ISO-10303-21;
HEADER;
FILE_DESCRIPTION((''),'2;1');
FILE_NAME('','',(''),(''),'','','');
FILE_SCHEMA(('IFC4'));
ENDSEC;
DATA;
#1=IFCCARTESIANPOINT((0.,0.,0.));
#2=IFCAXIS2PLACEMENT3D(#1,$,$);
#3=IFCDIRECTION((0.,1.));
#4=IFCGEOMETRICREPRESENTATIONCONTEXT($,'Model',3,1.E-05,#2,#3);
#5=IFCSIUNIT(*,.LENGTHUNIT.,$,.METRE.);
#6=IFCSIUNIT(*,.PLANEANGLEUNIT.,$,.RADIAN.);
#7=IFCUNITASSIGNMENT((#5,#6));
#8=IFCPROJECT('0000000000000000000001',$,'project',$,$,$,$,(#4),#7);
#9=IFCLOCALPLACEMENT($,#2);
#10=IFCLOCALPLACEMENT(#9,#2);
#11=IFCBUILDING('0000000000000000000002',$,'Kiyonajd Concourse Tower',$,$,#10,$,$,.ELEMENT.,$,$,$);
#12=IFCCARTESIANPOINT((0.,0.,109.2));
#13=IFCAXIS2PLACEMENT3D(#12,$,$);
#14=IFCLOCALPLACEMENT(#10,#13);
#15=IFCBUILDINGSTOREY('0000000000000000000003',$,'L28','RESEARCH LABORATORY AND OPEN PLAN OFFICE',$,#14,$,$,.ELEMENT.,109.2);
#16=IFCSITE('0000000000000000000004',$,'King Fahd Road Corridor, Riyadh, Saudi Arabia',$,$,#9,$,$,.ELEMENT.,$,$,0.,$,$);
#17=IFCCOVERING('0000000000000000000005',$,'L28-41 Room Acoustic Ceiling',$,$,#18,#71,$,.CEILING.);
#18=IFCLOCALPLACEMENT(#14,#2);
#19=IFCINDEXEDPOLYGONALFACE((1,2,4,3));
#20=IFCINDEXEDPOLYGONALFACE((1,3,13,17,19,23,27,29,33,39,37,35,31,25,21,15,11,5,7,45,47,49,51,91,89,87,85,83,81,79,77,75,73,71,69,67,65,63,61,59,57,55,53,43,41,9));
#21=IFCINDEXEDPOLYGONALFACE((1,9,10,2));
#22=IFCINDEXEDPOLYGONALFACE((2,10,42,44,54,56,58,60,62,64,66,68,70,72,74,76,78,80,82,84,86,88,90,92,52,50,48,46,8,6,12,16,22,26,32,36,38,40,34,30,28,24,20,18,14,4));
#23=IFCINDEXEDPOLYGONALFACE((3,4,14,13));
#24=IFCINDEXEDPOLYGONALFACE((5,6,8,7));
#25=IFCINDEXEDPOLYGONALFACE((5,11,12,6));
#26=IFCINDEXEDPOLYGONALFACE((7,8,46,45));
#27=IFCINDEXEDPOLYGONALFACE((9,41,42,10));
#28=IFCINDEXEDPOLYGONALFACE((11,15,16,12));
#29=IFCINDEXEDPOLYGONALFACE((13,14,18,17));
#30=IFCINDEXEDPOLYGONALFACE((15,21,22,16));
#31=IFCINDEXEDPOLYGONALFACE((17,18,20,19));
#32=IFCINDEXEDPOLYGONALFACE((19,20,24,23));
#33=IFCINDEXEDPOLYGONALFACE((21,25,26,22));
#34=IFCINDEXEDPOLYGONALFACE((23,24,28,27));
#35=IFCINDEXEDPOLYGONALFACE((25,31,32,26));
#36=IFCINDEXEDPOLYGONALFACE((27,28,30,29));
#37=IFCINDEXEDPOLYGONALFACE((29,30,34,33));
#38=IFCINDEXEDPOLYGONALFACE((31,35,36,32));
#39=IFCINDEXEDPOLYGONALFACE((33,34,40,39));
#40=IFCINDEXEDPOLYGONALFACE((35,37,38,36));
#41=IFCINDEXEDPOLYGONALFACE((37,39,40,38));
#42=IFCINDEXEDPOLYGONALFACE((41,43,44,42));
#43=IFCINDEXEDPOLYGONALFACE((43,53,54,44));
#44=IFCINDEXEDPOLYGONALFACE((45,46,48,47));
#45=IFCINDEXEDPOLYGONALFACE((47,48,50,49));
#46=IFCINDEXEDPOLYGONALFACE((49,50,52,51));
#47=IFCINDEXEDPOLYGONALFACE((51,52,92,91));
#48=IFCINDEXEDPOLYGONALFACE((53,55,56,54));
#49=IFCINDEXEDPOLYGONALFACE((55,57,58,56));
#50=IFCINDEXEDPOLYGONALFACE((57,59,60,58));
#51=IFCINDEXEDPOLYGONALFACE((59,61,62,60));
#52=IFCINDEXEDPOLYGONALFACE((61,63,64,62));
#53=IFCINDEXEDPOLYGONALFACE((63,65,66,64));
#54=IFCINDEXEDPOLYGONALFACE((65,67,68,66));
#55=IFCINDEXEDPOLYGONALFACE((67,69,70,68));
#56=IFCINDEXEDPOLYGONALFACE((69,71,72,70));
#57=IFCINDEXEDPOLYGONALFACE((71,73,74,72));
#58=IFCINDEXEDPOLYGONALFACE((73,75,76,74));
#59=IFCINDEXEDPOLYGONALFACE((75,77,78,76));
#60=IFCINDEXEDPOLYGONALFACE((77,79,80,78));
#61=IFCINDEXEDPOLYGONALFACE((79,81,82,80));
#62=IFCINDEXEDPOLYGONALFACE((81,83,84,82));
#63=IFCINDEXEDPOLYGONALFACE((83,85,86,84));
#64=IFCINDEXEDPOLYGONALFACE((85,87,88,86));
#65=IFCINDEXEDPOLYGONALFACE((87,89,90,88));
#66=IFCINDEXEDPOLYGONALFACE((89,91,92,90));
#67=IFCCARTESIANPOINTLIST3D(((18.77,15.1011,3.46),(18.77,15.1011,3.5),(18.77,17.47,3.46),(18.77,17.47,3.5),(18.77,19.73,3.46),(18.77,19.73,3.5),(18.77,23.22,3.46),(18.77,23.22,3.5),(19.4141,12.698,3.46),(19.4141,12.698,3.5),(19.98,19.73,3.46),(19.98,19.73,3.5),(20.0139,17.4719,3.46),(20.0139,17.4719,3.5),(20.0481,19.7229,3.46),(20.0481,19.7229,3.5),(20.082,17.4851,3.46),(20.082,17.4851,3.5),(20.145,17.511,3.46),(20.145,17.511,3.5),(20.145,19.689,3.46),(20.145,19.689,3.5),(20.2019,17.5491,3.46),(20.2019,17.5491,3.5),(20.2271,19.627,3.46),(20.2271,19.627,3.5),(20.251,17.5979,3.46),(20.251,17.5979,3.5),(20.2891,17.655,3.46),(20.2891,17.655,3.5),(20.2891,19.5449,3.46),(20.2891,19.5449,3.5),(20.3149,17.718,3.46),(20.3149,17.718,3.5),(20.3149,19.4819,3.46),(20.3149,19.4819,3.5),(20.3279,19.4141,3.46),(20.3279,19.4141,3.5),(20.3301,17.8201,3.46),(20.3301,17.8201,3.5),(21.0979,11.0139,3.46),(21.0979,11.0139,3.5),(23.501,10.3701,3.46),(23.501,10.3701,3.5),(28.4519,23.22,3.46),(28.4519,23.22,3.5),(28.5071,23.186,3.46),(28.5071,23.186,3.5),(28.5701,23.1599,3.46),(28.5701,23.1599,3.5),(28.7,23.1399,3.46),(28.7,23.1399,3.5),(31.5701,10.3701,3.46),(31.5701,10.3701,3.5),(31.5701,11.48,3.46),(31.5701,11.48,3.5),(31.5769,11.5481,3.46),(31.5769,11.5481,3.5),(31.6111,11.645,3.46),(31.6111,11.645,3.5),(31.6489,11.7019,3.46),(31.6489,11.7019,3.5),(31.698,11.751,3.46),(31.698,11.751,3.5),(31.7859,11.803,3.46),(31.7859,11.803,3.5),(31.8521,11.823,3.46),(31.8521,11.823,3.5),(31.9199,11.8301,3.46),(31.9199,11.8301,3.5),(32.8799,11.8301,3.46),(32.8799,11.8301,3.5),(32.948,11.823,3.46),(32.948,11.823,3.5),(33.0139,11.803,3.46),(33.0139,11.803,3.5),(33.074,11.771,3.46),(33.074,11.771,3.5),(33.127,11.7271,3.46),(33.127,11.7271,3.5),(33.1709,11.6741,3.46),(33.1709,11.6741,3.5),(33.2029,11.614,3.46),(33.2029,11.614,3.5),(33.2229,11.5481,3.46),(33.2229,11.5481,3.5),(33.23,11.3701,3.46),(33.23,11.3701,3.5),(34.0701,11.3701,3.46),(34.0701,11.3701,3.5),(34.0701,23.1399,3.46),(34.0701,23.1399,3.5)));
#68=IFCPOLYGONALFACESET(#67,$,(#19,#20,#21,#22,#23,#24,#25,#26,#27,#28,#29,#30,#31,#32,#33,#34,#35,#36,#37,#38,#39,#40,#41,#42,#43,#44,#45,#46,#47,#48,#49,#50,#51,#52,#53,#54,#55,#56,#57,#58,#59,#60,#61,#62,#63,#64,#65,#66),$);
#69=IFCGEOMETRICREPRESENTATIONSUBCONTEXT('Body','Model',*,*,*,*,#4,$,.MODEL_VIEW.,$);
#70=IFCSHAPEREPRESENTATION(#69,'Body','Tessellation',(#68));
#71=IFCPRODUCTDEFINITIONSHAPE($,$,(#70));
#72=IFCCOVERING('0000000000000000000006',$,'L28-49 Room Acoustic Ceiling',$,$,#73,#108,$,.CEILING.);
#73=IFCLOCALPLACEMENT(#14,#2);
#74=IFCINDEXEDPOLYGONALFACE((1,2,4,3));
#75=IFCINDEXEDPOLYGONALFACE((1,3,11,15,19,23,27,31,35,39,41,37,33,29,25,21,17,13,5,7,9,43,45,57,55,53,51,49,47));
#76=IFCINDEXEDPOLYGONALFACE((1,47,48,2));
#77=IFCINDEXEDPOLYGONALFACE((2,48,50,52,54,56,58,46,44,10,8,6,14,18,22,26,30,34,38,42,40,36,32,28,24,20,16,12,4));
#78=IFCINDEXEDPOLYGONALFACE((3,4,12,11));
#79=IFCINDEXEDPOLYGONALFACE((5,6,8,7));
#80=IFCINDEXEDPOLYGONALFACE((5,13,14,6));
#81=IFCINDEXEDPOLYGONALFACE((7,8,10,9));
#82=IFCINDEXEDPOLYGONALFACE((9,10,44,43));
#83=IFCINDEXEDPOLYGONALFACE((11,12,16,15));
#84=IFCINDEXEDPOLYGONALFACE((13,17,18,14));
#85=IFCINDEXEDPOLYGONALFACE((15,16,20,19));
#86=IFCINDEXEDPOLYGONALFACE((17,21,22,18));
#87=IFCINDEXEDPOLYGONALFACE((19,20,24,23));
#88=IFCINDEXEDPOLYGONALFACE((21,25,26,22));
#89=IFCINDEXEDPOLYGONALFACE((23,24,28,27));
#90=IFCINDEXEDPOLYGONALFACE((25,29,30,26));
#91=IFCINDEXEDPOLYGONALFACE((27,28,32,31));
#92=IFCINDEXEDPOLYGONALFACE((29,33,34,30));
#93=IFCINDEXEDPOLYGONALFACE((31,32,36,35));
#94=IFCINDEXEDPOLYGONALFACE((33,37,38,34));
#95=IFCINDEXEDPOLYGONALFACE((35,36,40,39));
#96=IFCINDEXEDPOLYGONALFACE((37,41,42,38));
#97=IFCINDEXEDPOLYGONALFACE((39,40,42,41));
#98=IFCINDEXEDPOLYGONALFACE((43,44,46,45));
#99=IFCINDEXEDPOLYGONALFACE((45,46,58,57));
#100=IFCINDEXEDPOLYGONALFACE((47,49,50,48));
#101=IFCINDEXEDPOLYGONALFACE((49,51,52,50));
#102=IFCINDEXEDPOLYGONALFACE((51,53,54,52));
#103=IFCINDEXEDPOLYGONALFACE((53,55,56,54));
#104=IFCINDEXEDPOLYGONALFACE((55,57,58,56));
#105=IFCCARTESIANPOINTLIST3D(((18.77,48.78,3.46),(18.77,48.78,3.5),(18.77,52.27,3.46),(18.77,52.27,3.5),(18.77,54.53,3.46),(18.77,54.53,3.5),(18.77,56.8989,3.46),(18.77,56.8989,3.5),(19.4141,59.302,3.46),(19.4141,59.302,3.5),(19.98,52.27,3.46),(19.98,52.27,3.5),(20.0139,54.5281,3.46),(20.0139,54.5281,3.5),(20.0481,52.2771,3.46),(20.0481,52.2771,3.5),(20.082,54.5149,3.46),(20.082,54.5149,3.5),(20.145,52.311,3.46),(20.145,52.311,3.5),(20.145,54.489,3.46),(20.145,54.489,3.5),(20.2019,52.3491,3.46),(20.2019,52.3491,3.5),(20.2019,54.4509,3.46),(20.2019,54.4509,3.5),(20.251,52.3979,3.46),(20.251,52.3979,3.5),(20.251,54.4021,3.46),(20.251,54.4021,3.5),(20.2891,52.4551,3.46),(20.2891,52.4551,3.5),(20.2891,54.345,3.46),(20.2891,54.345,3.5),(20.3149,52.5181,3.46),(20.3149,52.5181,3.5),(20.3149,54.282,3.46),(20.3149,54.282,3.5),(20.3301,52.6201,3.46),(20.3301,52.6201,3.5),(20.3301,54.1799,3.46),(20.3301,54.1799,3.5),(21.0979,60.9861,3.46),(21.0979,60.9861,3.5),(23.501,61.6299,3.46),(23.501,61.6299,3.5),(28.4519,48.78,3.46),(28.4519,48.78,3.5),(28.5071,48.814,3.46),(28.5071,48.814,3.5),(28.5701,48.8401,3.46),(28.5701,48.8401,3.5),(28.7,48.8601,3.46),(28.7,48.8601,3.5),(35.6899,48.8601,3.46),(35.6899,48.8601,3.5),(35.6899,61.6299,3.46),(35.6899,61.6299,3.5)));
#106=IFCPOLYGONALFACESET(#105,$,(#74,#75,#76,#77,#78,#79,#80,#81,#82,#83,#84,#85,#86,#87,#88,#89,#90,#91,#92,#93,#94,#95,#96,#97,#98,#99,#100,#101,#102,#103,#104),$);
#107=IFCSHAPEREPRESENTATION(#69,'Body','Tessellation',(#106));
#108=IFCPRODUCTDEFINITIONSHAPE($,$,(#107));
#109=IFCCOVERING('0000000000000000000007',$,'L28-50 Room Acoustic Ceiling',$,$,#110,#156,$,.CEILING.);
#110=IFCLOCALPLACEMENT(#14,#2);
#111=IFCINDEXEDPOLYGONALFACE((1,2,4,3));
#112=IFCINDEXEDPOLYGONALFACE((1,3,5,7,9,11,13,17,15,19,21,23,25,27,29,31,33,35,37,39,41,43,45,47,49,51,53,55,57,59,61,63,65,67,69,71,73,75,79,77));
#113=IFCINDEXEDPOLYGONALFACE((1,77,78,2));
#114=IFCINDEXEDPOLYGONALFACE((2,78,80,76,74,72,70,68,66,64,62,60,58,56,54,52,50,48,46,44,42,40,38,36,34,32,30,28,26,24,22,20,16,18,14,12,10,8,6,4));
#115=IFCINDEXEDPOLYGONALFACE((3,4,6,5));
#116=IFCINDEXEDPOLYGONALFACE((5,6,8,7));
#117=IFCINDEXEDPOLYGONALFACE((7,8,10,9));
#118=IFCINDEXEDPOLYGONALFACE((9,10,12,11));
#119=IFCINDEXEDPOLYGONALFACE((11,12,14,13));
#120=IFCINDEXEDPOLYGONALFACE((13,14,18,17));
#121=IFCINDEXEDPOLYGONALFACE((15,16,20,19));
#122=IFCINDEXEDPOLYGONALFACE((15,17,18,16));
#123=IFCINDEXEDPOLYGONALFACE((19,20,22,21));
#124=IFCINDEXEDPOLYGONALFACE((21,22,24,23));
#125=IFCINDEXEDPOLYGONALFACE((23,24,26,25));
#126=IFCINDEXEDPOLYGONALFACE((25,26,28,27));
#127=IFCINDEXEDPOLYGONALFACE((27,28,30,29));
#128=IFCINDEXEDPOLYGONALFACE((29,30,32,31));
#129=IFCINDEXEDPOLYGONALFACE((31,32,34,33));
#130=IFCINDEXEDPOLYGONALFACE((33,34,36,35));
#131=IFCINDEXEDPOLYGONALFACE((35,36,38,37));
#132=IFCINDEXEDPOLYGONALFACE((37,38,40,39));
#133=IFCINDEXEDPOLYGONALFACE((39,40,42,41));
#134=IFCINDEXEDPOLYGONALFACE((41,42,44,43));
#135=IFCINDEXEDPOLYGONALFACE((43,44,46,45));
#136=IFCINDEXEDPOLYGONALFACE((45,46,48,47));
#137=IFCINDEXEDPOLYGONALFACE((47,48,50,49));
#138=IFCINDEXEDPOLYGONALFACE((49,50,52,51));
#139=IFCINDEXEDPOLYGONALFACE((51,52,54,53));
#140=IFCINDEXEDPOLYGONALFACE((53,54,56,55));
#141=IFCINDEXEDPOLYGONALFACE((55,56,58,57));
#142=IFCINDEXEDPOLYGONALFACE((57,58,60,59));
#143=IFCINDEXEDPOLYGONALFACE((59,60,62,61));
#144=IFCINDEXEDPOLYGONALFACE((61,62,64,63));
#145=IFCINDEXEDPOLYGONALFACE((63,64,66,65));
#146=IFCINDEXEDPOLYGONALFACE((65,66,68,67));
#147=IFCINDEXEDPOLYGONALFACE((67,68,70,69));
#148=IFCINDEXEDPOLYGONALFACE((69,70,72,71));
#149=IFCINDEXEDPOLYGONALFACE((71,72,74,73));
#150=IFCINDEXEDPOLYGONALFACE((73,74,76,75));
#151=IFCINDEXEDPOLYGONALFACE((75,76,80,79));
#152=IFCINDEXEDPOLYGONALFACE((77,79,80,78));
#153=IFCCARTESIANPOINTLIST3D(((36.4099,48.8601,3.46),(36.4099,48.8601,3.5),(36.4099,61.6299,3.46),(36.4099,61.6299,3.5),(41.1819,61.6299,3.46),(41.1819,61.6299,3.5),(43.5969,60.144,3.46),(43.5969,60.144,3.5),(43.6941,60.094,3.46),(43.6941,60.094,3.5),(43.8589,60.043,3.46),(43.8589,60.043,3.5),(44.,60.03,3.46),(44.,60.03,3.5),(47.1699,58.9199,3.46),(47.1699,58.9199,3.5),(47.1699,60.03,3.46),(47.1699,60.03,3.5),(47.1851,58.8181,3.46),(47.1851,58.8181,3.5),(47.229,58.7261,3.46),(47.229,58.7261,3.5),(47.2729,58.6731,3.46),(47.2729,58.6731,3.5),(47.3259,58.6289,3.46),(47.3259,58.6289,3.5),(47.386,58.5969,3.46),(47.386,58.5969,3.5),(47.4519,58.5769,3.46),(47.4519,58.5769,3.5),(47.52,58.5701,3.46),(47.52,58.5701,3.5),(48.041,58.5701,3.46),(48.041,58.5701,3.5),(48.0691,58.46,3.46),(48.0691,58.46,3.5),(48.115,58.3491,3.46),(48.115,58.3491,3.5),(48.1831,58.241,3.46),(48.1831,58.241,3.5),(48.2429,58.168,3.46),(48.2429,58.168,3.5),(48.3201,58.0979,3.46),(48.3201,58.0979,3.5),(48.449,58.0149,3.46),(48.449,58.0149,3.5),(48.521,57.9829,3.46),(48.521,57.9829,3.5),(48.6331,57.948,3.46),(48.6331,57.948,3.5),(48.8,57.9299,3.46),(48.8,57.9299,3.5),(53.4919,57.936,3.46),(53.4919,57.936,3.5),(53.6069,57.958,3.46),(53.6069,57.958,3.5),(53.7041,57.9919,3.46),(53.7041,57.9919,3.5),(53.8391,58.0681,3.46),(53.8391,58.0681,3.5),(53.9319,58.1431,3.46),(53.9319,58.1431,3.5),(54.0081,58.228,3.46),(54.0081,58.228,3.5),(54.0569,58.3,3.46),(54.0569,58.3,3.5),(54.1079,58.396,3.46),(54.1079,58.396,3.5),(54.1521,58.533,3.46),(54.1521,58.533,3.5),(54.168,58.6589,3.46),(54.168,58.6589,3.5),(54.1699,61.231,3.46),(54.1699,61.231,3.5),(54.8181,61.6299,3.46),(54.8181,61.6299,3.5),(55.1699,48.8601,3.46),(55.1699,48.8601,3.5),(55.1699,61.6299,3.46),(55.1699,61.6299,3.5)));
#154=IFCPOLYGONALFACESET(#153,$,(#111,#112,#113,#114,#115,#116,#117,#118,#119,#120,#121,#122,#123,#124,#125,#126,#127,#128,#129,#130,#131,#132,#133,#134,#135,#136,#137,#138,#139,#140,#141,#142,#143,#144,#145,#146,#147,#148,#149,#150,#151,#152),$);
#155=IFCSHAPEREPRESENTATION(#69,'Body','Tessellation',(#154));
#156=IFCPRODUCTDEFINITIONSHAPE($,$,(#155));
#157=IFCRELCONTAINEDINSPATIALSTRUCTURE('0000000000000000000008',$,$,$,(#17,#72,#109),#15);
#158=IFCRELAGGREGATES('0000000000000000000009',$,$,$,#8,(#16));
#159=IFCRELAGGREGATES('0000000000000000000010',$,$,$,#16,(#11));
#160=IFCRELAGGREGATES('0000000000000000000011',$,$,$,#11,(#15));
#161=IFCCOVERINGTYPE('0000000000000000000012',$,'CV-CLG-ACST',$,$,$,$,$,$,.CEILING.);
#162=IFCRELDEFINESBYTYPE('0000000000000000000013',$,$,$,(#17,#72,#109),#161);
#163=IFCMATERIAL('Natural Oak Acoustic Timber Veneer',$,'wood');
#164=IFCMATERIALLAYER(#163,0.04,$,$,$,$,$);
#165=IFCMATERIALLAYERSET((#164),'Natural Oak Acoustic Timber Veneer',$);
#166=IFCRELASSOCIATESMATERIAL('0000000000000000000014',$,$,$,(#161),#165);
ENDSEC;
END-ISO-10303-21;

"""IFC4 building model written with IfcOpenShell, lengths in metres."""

from ifc_helpers import new_model, si_unit, direction, frame, origin, place, context, subcontext, project, spatial, polyline, outline, extrude, material, layer, layer_set, type_object, element, save


model = new_model("IFC4")

# Units and contexts
model_context = context("Model", 3, precision=1e-05, world=origin(), true_north=direction((0.0, 1.0)))
body_context = subcontext(model_context, "Body", "Model", "MODEL_VIEW")
ifc_project = project(units=[si_unit("LENGTHUNIT", "METRE"), si_unit("PLANEANGLEUNIT", "RADIAN")], contexts=[model_context])

# Site, building, storey
site_placement = place(None, origin())
site = spatial("IfcSite", under=ifc_project, at=site_placement, Name="King Fahd Road Corridor, Riyadh, Saudi Arabia", CompositionType="ELEMENT", RefElevation=0.0)
building_placement = place(site_placement, origin())
building = spatial("IfcBuilding", under=site, at=building_placement, Name="Kiyonajd Concourse Tower", CompositionType="ELEMENT")
storey_placement = place(building_placement, frame((0.0, 0.0, 109.2)))
storey = spatial("IfcBuildingStorey", under=building, at=storey_placement, Name="L28", Description="RESEARCH LABORATORY AND OPEN PLAN OFFICE", CompositionType="ELEMENT", Elevation=109.2)

# Shared definitions
ifc_material_1 = material(Name="Natural Oak Acoustic Timber Veneer", Category="wood")

# Coverings
ifc_layer_1 = layer(ifc_material_1, 0.04)
ifc_layer_set_1 = layer_set([ifc_layer_1], Name="Natural Oak Acoustic Timber Veneer")
covering_type = type_object("IfcCoveringType", Name="CV-CLG-ACST", PredefinedType="CEILING", material=ifc_layer_set_1)
covering_1_placement = place(storey_placement, frame((0.0, 0.0, 3.46)))
element("IfcCovering", 1, at=covering_1_placement, inside=storey, type_object=covering_type, Name="L28-41 Room Acoustic Ceiling", PredefinedType="CEILING", context=body_context, shape_type="SweptSolid", body=[
    extrude(outline(polyline([(19.4141, 12.698), (18.77, 15.1011), (18.77, 17.47), (20.0139, 17.4719), (20.082, 17.4851), (20.145, 17.511), (20.2019, 17.5491), (20.251, 17.5979), (20.2891, 17.655), (20.3149, 17.718), (20.3301, 17.8201), (20.3279, 19.4141), (20.3149, 19.4819), (20.2891, 19.5449), (20.2271, 19.627), (20.145, 19.689), (20.0481, 19.7229), (19.98, 19.73), (18.77, 19.73), (18.77, 23.22), (28.4519, 23.22), (28.5071, 23.186), (28.5701, 23.1599), (28.7, 23.1399), (34.0701, 23.1399), (34.0701, 11.3701), (33.23, 11.3701), (33.2229, 11.5481), (33.2029, 11.614), (33.1709, 11.6741), (33.127, 11.7271), (33.074, 11.771), (33.0139, 11.803), (32.948, 11.823), (32.8799, 11.8301), (31.9199, 11.8301), (31.8521, 11.823), (31.7859, 11.803), (31.698, 11.751), (31.6489, 11.7019), (31.6111, 11.645), (31.5769, 11.5481), (31.5701, 11.48), (31.5701, 10.3701), (23.501, 10.3701), (21.0979, 11.0139), (19.4141, 12.698)])), origin(), (0.0, 0.0, 1.0), 0.04),
])
covering_2_placement = place(storey_placement, frame((0.0, 0.0, 3.46)))
element("IfcCovering", 2, at=covering_2_placement, inside=storey, type_object=covering_type, Name="L28-49 Room Acoustic Ceiling", PredefinedType="CEILING", context=body_context, shape_type="SweptSolid", body=[
    extrude(outline(polyline([(21.0979, 60.9861), (23.501, 61.6299), (35.6899, 61.6299), (35.6899, 48.8601), (28.7, 48.8601), (28.5701, 48.8401), (28.5071, 48.814), (28.4519, 48.78), (18.77, 48.78), (18.77, 52.27), (19.98, 52.27), (20.0481, 52.2771), (20.145, 52.311), (20.2019, 52.3491), (20.251, 52.3979), (20.2891, 52.4551), (20.3149, 52.5181), (20.3301, 52.6201), (20.3301, 54.1799), (20.3149, 54.282), (20.2891, 54.345), (20.251, 54.4021), (20.2019, 54.4509), (20.145, 54.489), (20.082, 54.5149), (20.0139, 54.5281), (18.77, 54.53), (18.77, 56.8989), (19.4141, 59.302), (21.0979, 60.9861)])), origin(), (0.0, 0.0, 1.0), 0.04),
])
covering_3_placement = place(storey_placement, frame((0.0, 0.0, 3.46)))
element("IfcCovering", 3, at=covering_3_placement, inside=storey, type_object=covering_type, Name="L28-50 Room Acoustic Ceiling", PredefinedType="CEILING", context=body_context, shape_type="SweptSolid", body=[
    extrude(outline(polyline([(43.6941, 60.094), (43.8589, 60.043), (44.0, 60.03), (47.1699, 60.03), (47.1699, 58.9199), (47.1851, 58.8181), (47.229, 58.7261), (47.2729, 58.6731), (47.3259, 58.6289), (47.386, 58.5969), (47.4519, 58.5769), (47.52, 58.5701), (48.041, 58.5701), (48.0691, 58.46), (48.115, 58.3491), (48.1831, 58.241), (48.2429, 58.168), (48.3201, 58.0979), (48.449, 58.0149), (48.521, 57.9829), (48.6331, 57.948), (48.8, 57.9299), (53.4919, 57.936), (53.6069, 57.958), (53.7041, 57.9919), (53.8391, 58.0681), (53.9319, 58.1431), (54.0081, 58.228), (54.0569, 58.3), (54.1079, 58.396), (54.1521, 58.533), (54.168, 58.6589), (54.1699, 61.231), (54.8181, 61.6299), (55.1699, 61.6299), (55.1699, 48.8601), (36.4099, 48.8601), (36.4099, 61.6299), (41.1819, 61.6299), (43.5969, 60.144), (43.6941, 60.094)])), origin(), (0.0, 0.0, 1.0), 0.04),
])

save(model, "model.ifc")
